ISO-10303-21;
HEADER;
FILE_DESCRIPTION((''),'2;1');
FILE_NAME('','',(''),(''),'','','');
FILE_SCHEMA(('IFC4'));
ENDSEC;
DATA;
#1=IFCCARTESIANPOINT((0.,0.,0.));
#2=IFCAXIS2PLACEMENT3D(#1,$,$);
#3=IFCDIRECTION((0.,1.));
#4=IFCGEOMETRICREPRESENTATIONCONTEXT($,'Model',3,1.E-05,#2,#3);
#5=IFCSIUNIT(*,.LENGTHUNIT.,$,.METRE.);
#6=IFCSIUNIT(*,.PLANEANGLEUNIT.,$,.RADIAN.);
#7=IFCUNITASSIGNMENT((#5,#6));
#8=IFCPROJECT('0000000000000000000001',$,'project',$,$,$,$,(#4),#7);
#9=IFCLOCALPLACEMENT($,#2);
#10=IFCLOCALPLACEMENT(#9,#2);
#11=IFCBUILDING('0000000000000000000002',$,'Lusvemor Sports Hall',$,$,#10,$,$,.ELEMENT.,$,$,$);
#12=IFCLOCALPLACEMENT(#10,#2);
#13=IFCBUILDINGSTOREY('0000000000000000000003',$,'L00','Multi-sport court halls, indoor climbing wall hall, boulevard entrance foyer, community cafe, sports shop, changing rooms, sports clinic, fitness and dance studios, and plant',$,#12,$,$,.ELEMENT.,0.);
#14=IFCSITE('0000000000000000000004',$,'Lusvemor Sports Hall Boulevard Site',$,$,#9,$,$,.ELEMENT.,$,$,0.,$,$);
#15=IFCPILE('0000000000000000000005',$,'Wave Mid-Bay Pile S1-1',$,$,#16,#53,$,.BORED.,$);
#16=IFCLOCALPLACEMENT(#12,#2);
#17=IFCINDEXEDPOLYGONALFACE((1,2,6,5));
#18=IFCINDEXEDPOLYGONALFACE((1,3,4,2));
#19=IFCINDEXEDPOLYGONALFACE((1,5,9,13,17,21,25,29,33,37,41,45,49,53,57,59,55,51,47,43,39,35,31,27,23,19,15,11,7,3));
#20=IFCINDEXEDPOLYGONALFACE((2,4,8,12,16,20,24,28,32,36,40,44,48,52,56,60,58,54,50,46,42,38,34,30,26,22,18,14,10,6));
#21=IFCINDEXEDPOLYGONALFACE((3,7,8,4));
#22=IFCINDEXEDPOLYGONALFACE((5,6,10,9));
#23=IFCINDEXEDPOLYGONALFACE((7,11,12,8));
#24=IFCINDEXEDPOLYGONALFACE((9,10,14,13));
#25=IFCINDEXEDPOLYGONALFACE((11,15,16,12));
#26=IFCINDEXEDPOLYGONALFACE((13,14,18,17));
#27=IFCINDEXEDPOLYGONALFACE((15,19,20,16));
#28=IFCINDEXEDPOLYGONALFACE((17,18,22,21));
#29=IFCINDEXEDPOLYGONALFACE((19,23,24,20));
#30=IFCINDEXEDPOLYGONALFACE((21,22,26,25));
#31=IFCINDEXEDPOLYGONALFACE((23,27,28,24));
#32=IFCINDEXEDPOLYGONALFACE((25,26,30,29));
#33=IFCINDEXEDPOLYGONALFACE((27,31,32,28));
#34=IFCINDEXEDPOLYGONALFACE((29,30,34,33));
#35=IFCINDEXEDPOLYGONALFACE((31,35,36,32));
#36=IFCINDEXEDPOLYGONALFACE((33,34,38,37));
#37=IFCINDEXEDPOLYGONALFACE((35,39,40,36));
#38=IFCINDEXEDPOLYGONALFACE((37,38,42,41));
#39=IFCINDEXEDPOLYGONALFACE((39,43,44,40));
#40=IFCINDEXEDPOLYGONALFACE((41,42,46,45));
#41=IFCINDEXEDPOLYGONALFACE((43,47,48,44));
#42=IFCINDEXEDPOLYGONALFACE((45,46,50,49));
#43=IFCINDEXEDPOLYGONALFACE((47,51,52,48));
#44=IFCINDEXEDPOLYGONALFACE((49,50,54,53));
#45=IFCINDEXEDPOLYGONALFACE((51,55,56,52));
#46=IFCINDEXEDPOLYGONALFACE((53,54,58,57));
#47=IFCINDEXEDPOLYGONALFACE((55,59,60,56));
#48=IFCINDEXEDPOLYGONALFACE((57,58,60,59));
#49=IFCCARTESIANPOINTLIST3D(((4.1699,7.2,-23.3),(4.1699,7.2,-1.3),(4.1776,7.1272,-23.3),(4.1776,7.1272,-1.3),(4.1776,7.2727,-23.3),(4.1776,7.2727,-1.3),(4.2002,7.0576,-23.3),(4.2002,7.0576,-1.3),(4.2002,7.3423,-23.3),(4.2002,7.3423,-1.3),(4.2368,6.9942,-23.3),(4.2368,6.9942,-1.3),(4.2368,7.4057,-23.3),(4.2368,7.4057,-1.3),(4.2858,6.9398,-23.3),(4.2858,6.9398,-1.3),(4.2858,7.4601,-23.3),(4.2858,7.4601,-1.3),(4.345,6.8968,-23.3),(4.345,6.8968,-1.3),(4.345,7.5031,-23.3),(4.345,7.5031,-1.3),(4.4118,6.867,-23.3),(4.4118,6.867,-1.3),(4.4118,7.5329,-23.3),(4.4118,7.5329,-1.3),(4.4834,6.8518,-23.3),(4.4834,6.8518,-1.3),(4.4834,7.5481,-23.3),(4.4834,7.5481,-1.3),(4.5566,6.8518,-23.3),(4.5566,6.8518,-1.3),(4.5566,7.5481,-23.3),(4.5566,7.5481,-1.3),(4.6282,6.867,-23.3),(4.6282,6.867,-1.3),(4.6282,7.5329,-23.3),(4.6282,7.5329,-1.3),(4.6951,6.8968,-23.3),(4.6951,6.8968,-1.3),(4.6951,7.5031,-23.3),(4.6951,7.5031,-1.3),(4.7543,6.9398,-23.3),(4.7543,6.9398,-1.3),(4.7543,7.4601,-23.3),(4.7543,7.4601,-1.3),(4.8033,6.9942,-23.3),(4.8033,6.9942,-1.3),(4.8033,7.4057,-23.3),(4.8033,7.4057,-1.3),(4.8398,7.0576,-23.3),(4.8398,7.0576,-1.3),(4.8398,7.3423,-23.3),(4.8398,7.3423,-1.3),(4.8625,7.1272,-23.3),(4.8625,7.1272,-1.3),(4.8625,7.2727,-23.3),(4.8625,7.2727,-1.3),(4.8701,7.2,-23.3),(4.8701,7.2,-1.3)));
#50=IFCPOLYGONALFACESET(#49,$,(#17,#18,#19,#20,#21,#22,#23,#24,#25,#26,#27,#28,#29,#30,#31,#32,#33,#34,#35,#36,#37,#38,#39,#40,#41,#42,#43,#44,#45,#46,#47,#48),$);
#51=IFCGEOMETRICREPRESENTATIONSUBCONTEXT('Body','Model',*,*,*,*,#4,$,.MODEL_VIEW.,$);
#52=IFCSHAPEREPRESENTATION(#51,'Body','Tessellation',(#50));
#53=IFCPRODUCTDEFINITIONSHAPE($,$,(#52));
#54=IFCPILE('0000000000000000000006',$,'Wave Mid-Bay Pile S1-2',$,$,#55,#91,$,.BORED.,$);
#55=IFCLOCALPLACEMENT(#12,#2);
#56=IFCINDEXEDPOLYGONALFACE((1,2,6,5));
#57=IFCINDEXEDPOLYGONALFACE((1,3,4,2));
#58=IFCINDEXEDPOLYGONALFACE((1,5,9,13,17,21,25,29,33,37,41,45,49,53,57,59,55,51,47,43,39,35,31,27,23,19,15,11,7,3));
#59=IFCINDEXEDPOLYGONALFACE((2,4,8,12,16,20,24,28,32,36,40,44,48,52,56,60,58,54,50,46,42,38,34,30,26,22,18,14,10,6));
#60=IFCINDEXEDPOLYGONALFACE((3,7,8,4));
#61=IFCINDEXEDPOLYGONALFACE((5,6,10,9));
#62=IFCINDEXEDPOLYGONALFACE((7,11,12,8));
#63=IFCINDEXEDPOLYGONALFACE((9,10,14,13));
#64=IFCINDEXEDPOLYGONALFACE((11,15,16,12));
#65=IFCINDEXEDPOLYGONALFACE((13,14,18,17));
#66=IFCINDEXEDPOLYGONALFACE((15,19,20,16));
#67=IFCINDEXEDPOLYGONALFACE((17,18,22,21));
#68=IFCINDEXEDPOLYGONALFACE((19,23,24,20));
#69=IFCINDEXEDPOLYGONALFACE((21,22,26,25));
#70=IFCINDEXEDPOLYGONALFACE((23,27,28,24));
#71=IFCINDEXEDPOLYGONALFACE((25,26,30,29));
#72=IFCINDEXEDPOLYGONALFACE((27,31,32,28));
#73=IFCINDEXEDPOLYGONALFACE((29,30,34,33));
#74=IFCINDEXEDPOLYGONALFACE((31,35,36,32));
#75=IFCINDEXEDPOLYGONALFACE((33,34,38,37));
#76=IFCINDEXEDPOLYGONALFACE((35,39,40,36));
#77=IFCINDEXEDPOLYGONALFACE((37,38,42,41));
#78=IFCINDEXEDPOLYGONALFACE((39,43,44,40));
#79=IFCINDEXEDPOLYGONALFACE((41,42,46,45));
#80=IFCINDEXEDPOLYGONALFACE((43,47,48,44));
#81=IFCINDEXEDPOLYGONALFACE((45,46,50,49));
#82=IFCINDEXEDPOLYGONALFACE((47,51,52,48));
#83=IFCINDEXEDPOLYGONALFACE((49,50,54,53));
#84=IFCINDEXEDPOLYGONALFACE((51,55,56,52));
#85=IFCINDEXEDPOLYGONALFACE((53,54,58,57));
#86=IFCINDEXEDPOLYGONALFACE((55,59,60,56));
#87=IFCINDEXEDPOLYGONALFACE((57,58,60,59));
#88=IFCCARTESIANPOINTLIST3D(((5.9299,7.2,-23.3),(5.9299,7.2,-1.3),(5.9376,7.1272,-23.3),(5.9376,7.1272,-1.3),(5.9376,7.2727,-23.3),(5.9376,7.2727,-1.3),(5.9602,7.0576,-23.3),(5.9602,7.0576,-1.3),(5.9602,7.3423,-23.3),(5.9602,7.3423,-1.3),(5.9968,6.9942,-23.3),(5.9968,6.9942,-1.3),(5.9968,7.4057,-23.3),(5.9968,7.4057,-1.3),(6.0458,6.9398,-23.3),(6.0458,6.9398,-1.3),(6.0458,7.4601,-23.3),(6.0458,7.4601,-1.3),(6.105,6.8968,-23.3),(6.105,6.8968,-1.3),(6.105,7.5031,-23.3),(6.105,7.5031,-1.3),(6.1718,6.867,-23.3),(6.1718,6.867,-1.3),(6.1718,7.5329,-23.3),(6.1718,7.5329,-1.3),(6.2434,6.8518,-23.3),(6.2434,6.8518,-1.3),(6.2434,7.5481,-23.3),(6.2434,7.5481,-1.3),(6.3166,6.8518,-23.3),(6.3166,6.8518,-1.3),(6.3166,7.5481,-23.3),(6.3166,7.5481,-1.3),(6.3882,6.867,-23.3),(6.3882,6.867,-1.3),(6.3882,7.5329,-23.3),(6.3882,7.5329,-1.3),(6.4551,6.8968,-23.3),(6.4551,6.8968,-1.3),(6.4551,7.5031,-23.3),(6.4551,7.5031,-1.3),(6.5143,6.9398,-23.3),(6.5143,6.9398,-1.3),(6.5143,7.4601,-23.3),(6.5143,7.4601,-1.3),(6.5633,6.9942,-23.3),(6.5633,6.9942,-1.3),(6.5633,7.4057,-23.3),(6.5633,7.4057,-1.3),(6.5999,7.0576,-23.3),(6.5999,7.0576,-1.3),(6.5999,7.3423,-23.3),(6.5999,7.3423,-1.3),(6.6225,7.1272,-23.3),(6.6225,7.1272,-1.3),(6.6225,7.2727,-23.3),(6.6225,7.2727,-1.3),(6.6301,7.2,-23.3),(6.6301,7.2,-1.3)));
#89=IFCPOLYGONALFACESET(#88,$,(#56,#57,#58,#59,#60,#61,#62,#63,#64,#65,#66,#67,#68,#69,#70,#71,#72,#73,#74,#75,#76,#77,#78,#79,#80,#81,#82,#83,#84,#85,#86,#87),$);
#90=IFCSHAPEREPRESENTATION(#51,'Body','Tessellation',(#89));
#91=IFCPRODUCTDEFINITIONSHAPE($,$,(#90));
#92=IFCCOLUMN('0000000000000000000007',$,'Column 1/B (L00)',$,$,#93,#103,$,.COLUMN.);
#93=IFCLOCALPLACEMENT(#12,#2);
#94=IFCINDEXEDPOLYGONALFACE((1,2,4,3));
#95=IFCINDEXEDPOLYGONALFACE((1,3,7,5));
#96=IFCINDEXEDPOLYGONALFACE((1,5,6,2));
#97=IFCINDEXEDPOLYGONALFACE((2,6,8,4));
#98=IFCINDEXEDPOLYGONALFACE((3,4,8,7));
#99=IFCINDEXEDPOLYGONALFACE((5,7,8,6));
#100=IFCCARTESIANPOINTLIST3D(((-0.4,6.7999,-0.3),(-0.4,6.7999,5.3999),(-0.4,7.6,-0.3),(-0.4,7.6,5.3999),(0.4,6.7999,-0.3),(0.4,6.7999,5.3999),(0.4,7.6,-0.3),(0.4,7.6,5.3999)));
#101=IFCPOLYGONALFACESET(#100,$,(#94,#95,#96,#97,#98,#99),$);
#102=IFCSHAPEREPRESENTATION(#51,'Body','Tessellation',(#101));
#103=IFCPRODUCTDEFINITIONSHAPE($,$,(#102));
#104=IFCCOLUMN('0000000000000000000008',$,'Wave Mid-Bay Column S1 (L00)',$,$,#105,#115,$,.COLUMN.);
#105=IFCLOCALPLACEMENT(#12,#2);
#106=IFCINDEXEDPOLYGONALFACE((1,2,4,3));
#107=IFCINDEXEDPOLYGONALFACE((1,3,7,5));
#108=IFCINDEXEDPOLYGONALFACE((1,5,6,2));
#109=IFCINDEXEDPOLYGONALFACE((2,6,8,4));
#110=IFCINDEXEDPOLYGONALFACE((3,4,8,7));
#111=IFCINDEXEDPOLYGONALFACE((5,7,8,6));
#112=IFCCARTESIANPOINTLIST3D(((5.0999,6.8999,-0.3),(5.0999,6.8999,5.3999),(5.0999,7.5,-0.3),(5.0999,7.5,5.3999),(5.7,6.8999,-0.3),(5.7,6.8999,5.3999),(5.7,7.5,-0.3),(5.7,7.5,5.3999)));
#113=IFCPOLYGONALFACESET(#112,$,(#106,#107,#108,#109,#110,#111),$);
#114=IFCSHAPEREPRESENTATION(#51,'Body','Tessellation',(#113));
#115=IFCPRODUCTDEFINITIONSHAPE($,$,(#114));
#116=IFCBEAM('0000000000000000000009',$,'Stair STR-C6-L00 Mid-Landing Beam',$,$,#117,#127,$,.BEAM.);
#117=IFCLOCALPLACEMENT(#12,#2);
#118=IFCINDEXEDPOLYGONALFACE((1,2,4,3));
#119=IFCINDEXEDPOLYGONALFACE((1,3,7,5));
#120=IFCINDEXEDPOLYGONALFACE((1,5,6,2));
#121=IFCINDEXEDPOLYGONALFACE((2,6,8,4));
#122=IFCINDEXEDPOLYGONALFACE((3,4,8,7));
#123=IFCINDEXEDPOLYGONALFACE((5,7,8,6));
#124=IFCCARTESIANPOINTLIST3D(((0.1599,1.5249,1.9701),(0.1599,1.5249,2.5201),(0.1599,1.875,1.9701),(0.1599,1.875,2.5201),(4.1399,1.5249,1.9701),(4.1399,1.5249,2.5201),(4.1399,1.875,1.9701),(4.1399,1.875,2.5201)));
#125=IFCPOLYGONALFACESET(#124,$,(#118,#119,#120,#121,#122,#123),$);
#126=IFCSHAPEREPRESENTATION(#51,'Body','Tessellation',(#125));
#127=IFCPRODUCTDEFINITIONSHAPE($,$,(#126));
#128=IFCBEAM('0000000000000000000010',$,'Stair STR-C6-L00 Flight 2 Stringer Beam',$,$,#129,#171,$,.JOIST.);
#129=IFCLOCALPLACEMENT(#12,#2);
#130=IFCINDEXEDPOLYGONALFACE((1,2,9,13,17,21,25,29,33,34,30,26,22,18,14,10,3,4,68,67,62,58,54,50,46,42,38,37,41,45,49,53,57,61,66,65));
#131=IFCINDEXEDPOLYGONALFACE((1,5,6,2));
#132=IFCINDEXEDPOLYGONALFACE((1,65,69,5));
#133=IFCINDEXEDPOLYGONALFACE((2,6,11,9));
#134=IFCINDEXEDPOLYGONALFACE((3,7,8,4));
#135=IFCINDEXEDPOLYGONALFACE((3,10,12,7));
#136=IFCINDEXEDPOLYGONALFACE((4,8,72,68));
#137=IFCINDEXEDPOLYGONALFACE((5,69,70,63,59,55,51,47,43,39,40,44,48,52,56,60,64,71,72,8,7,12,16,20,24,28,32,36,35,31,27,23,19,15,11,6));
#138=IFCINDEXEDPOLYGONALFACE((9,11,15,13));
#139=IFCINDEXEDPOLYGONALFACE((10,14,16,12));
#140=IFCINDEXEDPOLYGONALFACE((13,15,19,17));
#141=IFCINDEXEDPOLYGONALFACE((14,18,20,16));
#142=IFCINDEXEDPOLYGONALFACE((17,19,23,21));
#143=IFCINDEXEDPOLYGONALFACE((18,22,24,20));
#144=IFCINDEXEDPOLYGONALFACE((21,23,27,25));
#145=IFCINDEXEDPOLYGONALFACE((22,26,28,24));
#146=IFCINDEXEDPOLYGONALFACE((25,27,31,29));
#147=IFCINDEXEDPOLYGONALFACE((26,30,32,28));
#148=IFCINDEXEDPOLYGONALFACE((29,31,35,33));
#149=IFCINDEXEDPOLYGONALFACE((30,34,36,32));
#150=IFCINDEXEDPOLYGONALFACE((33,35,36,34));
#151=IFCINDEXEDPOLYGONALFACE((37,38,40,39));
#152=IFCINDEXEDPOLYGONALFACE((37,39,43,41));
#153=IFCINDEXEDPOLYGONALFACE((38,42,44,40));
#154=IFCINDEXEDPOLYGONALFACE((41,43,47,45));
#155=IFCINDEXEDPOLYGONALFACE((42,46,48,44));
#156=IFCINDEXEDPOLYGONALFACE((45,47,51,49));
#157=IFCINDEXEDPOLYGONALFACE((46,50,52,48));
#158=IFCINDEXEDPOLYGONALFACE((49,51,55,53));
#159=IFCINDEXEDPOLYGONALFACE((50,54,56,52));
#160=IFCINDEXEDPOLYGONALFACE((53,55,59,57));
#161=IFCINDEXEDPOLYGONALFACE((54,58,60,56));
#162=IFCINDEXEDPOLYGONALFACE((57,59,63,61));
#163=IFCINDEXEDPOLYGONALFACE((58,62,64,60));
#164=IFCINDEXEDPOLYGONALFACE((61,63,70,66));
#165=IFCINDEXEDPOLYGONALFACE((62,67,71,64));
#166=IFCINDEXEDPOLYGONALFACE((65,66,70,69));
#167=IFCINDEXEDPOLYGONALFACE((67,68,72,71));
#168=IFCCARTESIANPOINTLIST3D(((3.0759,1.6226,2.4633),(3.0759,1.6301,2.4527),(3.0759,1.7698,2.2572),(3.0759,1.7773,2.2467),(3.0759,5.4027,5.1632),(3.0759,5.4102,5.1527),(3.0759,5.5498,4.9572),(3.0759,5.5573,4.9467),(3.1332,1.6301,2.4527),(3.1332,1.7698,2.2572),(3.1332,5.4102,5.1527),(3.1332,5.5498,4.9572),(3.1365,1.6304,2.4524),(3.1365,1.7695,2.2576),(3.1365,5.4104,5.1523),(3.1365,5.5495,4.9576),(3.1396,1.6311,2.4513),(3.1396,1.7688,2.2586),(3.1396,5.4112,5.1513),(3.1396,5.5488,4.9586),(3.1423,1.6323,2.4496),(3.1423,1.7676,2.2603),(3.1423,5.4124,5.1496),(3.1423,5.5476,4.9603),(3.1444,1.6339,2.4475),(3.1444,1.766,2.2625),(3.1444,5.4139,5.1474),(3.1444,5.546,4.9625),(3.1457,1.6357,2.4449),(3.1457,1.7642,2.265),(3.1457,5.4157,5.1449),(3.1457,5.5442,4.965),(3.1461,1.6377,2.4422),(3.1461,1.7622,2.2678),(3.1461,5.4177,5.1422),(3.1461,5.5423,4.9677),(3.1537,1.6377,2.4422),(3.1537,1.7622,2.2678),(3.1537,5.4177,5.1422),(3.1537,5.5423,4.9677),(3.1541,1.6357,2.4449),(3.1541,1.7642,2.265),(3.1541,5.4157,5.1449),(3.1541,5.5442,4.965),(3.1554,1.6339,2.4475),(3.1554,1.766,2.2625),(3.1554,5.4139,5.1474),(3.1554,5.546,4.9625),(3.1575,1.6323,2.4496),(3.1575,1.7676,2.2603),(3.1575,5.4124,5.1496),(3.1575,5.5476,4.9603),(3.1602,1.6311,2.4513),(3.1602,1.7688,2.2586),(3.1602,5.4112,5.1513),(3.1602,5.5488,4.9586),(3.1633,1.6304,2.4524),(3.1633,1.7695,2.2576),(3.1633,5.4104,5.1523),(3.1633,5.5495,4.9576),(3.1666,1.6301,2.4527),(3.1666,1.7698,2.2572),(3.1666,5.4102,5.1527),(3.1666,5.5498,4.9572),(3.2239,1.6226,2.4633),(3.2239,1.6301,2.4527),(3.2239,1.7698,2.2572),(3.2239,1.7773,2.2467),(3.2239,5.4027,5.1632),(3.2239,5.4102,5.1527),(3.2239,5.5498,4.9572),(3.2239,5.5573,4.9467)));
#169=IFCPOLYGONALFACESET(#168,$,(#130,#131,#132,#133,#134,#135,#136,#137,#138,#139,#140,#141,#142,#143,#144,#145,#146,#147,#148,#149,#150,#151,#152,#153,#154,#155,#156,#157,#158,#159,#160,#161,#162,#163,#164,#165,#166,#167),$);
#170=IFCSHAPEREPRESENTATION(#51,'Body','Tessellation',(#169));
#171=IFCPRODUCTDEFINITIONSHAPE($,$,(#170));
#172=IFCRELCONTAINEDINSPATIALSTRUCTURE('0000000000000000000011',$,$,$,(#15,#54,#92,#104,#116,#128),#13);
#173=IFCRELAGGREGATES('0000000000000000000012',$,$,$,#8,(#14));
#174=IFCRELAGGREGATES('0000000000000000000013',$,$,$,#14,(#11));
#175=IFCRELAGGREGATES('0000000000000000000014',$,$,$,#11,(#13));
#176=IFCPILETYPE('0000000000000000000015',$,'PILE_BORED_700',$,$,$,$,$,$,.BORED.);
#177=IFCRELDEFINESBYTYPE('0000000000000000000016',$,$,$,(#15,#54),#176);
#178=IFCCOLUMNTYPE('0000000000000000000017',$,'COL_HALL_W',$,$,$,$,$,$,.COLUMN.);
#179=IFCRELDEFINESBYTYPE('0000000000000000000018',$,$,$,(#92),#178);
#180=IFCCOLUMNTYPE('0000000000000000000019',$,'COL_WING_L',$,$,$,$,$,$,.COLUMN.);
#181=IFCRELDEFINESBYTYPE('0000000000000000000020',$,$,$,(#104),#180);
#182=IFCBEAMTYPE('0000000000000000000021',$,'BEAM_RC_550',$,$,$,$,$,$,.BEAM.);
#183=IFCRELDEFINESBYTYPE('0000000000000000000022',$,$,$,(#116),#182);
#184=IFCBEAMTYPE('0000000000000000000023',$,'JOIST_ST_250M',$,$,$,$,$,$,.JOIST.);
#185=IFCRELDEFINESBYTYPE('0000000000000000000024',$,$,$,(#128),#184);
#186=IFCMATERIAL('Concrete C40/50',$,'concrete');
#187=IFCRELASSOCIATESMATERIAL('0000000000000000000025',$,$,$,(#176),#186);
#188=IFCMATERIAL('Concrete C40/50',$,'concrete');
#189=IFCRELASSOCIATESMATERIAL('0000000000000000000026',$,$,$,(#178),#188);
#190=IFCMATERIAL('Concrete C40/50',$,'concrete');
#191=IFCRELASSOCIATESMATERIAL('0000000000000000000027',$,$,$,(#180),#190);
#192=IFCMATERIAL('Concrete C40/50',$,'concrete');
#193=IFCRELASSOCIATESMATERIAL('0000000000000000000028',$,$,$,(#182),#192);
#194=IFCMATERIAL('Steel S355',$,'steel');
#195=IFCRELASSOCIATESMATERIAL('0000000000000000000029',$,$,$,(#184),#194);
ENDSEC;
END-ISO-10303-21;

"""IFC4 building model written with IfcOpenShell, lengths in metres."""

from ifc_helpers import new_model, si_unit, direction, frame, origin, origin_2d, place, context, subcontext, project, spatial, rectangle, circle, i_section, extrude, material, material_profile, profile_set, type_object, element, save


model = new_model("IFC4")

# Units and contexts
model_context = context("Model", 3, precision=1e-05, world=origin(), true_north=direction((0.0, 1.0)))
body_context = subcontext(model_context, "Body", "Model", "MODEL_VIEW")
ifc_project = project(units=[si_unit("LENGTHUNIT", "METRE"), si_unit("PLANEANGLEUNIT", "RADIAN")], contexts=[model_context])

# Site, building, storey
site_placement = place(None, origin())
site = spatial("IfcSite", under=ifc_project, at=site_placement, Name="Lusvemor Sports Hall Boulevard Site", CompositionType="ELEMENT", RefElevation=0.0)
building_placement = place(site_placement, origin())
building = spatial("IfcBuilding", under=site, at=building_placement, Name="Lusvemor Sports Hall", CompositionType="ELEMENT")
storey_placement = place(building_placement, origin())
storey = spatial("IfcBuildingStorey", under=building, at=storey_placement, Name="L00", Description="Multi-sport court halls, indoor climbing wall hall, boulevard entrance foyer, community cafe, sports shop, changing rooms, sports clinic, fitness and dance studios, and plant", CompositionType="ELEMENT", Elevation=0.0)

# Piles
ifc_material_1 = material(Name="Concrete C40/50", Category="concrete")
ifc_material_profile_1 = material_profile(ifc_material_1, circle(Radius=0.3501, at=origin_2d()), Name="PILE700")
ifc_profile_set_1 = profile_set([ifc_material_profile_1], Name="Concrete C40/50")
pile_type = type_object("IfcPileType", Name="PILE_BORED_700", PredefinedType="BORED", material=ifc_profile_set_1)
for number, where, z_axis, x_axis, name in (
    (1, (4.52, 7.2, -1.3), (0.0, 0.0, -1.0), (1.0, 0.0, 0.0), "Wave Mid-Bay Pile S1-1"),
    (2, (6.28, 7.2, -1.3), (0.0, 0.0, -1.0), (1.0, 0.0, 0.0), "Wave Mid-Bay Pile S1-2"),
):
    element("IfcPile", number, at=place(storey_placement, frame(where, z_axis=z_axis, x_axis=x_axis)), inside=storey, type_object=pile_type, Name=name, PredefinedType="BORED", context=body_context, shape_type="SweptSolid", body=[
        extrude(circle(Radius=0.3501, at=origin_2d()), origin(), (0.0, 0.0, 1.0), 22.0),
    ])

# Columns
ifc_material_2 = material(Name="Concrete C40/50", Category="concrete")
ifc_material_profile_2 = material_profile(ifc_material_2, rectangle(XDim=0.8, YDim=0.8, at=origin_2d()), Name="RC800x800")
ifc_profile_set_2 = profile_set([ifc_material_profile_2], Name="Concrete C40/50")
column_type_1 = type_object("IfcColumnType", Name="COL_HALL_W", PredefinedType="COLUMN", material=ifc_profile_set_2)
column_1_placement = place(storey_placement, frame((0.0, 7.2, -0.3), z_axis=(0.0, 0.0, 1.0), x_axis=(1.0, 0.0, 0.0)))
element("IfcColumn", 3, at=column_1_placement, inside=storey, type_object=column_type_1, Name="Column 1/B (L00)", PredefinedType="COLUMN", context=body_context, shape_type="SweptSolid", body=[
    extrude(rectangle(XDim=0.8, YDim=0.8, at=origin_2d()), origin(), (0.0, 0.0, 1.0), 5.7),
])
ifc_material_3 = material(Name="Concrete C40/50", Category="concrete")
ifc_material_profile_3 = material_profile(ifc_material_3, rectangle(XDim=0.6001, YDim=0.6001, at=origin_2d()), Name="RC600x600")
ifc_profile_set_3 = profile_set([ifc_material_profile_3], Name="Concrete C40/50")
column_type_2 = type_object("IfcColumnType", Name="COL_WING_L", PredefinedType="COLUMN", material=ifc_profile_set_3)
column_2_placement = place(storey_placement, frame((5.3999, 7.2, -0.3), z_axis=(0.0, 0.0, 1.0), x_axis=(1.0, 0.0, 0.0)))
element("IfcColumn", 4, at=column_2_placement, inside=storey, type_object=column_type_2, Name="Wave Mid-Bay Column S1 (L00)", PredefinedType="COLUMN", context=body_context, shape_type="SweptSolid", body=[
    extrude(rectangle(XDim=0.6001, YDim=0.6001, at=origin_2d()), origin(), (0.0, 0.0, 1.0), 5.7),
])

# Beams
ifc_material_4 = material(Name="Concrete C40/50", Category="concrete")
ifc_material_profile_4 = material_profile(ifc_material_4, rectangle(XDim=0.3501, YDim=0.55, at=origin_2d()), Name="RC350x550")
ifc_profile_set_4 = profile_set([ifc_material_profile_4], Name="Concrete C40/50")
beam_type_1 = type_object("IfcBeamType", Name="BEAM_RC_550", PredefinedType="BEAM", material=ifc_profile_set_4)
beam_1_placement = place(storey_placement, frame((0.1599, 1.7, 2.2451), z_axis=(1.0, 0.0, 0.0), x_axis=(0.0, 1.0, 0.0)))
element("IfcBeam", 5, at=beam_1_placement, inside=storey, type_object=beam_type_1, Name="Stair STR-C6-L00 Mid-Landing Beam", PredefinedType="BEAM", context=body_context, shape_type="SweptSolid", body=[
    extrude(rectangle(XDim=0.3501, YDim=0.55, at=origin_2d()), origin(), (0.0, 0.0, 1.0), 3.98),
])
ifc_material_5 = material(Name="Steel S355", Category="steel")
ifc_material_profile_5 = material_profile(ifc_material_5, i_section(OverallWidth=0.1479, OverallDepth=0.2661, WebThickness=0.0076, FlangeThickness=0.0129, FilletRadius=0.0129, at=origin_2d()), Name="W250x44.8")
ifc_profile_set_5 = profile_set([ifc_material_profile_5], Name="Steel S355")
beam_type_2 = type_object("IfcBeamType", Name="JOIST_ST_250M", PredefinedType="JOIST", material=ifc_profile_set_5)
beam_2_placement = place(storey_placement, frame((3.1499, 1.7, 2.355), z_axis=(0.0, 0.813741, 0.581228), x_axis=(-1.0, 0.0, 0.0)))
element("IfcBeam", 6, at=beam_2_placement, inside=storey, type_object=beam_type_2, Name="Stair STR-C6-L00 Flight 2 Stringer Beam", PredefinedType="JOIST", context=body_context, shape_type="SweptSolid", body=[
    extrude(i_section(OverallWidth=0.1479, OverallDepth=0.2661, WebThickness=0.0076, FlangeThickness=0.0129, FilletRadius=0.0129, at=origin_2d()), origin(), (0.0, 0.0, 1.0), 4.6453),
])

save(model, "model.ifc")
